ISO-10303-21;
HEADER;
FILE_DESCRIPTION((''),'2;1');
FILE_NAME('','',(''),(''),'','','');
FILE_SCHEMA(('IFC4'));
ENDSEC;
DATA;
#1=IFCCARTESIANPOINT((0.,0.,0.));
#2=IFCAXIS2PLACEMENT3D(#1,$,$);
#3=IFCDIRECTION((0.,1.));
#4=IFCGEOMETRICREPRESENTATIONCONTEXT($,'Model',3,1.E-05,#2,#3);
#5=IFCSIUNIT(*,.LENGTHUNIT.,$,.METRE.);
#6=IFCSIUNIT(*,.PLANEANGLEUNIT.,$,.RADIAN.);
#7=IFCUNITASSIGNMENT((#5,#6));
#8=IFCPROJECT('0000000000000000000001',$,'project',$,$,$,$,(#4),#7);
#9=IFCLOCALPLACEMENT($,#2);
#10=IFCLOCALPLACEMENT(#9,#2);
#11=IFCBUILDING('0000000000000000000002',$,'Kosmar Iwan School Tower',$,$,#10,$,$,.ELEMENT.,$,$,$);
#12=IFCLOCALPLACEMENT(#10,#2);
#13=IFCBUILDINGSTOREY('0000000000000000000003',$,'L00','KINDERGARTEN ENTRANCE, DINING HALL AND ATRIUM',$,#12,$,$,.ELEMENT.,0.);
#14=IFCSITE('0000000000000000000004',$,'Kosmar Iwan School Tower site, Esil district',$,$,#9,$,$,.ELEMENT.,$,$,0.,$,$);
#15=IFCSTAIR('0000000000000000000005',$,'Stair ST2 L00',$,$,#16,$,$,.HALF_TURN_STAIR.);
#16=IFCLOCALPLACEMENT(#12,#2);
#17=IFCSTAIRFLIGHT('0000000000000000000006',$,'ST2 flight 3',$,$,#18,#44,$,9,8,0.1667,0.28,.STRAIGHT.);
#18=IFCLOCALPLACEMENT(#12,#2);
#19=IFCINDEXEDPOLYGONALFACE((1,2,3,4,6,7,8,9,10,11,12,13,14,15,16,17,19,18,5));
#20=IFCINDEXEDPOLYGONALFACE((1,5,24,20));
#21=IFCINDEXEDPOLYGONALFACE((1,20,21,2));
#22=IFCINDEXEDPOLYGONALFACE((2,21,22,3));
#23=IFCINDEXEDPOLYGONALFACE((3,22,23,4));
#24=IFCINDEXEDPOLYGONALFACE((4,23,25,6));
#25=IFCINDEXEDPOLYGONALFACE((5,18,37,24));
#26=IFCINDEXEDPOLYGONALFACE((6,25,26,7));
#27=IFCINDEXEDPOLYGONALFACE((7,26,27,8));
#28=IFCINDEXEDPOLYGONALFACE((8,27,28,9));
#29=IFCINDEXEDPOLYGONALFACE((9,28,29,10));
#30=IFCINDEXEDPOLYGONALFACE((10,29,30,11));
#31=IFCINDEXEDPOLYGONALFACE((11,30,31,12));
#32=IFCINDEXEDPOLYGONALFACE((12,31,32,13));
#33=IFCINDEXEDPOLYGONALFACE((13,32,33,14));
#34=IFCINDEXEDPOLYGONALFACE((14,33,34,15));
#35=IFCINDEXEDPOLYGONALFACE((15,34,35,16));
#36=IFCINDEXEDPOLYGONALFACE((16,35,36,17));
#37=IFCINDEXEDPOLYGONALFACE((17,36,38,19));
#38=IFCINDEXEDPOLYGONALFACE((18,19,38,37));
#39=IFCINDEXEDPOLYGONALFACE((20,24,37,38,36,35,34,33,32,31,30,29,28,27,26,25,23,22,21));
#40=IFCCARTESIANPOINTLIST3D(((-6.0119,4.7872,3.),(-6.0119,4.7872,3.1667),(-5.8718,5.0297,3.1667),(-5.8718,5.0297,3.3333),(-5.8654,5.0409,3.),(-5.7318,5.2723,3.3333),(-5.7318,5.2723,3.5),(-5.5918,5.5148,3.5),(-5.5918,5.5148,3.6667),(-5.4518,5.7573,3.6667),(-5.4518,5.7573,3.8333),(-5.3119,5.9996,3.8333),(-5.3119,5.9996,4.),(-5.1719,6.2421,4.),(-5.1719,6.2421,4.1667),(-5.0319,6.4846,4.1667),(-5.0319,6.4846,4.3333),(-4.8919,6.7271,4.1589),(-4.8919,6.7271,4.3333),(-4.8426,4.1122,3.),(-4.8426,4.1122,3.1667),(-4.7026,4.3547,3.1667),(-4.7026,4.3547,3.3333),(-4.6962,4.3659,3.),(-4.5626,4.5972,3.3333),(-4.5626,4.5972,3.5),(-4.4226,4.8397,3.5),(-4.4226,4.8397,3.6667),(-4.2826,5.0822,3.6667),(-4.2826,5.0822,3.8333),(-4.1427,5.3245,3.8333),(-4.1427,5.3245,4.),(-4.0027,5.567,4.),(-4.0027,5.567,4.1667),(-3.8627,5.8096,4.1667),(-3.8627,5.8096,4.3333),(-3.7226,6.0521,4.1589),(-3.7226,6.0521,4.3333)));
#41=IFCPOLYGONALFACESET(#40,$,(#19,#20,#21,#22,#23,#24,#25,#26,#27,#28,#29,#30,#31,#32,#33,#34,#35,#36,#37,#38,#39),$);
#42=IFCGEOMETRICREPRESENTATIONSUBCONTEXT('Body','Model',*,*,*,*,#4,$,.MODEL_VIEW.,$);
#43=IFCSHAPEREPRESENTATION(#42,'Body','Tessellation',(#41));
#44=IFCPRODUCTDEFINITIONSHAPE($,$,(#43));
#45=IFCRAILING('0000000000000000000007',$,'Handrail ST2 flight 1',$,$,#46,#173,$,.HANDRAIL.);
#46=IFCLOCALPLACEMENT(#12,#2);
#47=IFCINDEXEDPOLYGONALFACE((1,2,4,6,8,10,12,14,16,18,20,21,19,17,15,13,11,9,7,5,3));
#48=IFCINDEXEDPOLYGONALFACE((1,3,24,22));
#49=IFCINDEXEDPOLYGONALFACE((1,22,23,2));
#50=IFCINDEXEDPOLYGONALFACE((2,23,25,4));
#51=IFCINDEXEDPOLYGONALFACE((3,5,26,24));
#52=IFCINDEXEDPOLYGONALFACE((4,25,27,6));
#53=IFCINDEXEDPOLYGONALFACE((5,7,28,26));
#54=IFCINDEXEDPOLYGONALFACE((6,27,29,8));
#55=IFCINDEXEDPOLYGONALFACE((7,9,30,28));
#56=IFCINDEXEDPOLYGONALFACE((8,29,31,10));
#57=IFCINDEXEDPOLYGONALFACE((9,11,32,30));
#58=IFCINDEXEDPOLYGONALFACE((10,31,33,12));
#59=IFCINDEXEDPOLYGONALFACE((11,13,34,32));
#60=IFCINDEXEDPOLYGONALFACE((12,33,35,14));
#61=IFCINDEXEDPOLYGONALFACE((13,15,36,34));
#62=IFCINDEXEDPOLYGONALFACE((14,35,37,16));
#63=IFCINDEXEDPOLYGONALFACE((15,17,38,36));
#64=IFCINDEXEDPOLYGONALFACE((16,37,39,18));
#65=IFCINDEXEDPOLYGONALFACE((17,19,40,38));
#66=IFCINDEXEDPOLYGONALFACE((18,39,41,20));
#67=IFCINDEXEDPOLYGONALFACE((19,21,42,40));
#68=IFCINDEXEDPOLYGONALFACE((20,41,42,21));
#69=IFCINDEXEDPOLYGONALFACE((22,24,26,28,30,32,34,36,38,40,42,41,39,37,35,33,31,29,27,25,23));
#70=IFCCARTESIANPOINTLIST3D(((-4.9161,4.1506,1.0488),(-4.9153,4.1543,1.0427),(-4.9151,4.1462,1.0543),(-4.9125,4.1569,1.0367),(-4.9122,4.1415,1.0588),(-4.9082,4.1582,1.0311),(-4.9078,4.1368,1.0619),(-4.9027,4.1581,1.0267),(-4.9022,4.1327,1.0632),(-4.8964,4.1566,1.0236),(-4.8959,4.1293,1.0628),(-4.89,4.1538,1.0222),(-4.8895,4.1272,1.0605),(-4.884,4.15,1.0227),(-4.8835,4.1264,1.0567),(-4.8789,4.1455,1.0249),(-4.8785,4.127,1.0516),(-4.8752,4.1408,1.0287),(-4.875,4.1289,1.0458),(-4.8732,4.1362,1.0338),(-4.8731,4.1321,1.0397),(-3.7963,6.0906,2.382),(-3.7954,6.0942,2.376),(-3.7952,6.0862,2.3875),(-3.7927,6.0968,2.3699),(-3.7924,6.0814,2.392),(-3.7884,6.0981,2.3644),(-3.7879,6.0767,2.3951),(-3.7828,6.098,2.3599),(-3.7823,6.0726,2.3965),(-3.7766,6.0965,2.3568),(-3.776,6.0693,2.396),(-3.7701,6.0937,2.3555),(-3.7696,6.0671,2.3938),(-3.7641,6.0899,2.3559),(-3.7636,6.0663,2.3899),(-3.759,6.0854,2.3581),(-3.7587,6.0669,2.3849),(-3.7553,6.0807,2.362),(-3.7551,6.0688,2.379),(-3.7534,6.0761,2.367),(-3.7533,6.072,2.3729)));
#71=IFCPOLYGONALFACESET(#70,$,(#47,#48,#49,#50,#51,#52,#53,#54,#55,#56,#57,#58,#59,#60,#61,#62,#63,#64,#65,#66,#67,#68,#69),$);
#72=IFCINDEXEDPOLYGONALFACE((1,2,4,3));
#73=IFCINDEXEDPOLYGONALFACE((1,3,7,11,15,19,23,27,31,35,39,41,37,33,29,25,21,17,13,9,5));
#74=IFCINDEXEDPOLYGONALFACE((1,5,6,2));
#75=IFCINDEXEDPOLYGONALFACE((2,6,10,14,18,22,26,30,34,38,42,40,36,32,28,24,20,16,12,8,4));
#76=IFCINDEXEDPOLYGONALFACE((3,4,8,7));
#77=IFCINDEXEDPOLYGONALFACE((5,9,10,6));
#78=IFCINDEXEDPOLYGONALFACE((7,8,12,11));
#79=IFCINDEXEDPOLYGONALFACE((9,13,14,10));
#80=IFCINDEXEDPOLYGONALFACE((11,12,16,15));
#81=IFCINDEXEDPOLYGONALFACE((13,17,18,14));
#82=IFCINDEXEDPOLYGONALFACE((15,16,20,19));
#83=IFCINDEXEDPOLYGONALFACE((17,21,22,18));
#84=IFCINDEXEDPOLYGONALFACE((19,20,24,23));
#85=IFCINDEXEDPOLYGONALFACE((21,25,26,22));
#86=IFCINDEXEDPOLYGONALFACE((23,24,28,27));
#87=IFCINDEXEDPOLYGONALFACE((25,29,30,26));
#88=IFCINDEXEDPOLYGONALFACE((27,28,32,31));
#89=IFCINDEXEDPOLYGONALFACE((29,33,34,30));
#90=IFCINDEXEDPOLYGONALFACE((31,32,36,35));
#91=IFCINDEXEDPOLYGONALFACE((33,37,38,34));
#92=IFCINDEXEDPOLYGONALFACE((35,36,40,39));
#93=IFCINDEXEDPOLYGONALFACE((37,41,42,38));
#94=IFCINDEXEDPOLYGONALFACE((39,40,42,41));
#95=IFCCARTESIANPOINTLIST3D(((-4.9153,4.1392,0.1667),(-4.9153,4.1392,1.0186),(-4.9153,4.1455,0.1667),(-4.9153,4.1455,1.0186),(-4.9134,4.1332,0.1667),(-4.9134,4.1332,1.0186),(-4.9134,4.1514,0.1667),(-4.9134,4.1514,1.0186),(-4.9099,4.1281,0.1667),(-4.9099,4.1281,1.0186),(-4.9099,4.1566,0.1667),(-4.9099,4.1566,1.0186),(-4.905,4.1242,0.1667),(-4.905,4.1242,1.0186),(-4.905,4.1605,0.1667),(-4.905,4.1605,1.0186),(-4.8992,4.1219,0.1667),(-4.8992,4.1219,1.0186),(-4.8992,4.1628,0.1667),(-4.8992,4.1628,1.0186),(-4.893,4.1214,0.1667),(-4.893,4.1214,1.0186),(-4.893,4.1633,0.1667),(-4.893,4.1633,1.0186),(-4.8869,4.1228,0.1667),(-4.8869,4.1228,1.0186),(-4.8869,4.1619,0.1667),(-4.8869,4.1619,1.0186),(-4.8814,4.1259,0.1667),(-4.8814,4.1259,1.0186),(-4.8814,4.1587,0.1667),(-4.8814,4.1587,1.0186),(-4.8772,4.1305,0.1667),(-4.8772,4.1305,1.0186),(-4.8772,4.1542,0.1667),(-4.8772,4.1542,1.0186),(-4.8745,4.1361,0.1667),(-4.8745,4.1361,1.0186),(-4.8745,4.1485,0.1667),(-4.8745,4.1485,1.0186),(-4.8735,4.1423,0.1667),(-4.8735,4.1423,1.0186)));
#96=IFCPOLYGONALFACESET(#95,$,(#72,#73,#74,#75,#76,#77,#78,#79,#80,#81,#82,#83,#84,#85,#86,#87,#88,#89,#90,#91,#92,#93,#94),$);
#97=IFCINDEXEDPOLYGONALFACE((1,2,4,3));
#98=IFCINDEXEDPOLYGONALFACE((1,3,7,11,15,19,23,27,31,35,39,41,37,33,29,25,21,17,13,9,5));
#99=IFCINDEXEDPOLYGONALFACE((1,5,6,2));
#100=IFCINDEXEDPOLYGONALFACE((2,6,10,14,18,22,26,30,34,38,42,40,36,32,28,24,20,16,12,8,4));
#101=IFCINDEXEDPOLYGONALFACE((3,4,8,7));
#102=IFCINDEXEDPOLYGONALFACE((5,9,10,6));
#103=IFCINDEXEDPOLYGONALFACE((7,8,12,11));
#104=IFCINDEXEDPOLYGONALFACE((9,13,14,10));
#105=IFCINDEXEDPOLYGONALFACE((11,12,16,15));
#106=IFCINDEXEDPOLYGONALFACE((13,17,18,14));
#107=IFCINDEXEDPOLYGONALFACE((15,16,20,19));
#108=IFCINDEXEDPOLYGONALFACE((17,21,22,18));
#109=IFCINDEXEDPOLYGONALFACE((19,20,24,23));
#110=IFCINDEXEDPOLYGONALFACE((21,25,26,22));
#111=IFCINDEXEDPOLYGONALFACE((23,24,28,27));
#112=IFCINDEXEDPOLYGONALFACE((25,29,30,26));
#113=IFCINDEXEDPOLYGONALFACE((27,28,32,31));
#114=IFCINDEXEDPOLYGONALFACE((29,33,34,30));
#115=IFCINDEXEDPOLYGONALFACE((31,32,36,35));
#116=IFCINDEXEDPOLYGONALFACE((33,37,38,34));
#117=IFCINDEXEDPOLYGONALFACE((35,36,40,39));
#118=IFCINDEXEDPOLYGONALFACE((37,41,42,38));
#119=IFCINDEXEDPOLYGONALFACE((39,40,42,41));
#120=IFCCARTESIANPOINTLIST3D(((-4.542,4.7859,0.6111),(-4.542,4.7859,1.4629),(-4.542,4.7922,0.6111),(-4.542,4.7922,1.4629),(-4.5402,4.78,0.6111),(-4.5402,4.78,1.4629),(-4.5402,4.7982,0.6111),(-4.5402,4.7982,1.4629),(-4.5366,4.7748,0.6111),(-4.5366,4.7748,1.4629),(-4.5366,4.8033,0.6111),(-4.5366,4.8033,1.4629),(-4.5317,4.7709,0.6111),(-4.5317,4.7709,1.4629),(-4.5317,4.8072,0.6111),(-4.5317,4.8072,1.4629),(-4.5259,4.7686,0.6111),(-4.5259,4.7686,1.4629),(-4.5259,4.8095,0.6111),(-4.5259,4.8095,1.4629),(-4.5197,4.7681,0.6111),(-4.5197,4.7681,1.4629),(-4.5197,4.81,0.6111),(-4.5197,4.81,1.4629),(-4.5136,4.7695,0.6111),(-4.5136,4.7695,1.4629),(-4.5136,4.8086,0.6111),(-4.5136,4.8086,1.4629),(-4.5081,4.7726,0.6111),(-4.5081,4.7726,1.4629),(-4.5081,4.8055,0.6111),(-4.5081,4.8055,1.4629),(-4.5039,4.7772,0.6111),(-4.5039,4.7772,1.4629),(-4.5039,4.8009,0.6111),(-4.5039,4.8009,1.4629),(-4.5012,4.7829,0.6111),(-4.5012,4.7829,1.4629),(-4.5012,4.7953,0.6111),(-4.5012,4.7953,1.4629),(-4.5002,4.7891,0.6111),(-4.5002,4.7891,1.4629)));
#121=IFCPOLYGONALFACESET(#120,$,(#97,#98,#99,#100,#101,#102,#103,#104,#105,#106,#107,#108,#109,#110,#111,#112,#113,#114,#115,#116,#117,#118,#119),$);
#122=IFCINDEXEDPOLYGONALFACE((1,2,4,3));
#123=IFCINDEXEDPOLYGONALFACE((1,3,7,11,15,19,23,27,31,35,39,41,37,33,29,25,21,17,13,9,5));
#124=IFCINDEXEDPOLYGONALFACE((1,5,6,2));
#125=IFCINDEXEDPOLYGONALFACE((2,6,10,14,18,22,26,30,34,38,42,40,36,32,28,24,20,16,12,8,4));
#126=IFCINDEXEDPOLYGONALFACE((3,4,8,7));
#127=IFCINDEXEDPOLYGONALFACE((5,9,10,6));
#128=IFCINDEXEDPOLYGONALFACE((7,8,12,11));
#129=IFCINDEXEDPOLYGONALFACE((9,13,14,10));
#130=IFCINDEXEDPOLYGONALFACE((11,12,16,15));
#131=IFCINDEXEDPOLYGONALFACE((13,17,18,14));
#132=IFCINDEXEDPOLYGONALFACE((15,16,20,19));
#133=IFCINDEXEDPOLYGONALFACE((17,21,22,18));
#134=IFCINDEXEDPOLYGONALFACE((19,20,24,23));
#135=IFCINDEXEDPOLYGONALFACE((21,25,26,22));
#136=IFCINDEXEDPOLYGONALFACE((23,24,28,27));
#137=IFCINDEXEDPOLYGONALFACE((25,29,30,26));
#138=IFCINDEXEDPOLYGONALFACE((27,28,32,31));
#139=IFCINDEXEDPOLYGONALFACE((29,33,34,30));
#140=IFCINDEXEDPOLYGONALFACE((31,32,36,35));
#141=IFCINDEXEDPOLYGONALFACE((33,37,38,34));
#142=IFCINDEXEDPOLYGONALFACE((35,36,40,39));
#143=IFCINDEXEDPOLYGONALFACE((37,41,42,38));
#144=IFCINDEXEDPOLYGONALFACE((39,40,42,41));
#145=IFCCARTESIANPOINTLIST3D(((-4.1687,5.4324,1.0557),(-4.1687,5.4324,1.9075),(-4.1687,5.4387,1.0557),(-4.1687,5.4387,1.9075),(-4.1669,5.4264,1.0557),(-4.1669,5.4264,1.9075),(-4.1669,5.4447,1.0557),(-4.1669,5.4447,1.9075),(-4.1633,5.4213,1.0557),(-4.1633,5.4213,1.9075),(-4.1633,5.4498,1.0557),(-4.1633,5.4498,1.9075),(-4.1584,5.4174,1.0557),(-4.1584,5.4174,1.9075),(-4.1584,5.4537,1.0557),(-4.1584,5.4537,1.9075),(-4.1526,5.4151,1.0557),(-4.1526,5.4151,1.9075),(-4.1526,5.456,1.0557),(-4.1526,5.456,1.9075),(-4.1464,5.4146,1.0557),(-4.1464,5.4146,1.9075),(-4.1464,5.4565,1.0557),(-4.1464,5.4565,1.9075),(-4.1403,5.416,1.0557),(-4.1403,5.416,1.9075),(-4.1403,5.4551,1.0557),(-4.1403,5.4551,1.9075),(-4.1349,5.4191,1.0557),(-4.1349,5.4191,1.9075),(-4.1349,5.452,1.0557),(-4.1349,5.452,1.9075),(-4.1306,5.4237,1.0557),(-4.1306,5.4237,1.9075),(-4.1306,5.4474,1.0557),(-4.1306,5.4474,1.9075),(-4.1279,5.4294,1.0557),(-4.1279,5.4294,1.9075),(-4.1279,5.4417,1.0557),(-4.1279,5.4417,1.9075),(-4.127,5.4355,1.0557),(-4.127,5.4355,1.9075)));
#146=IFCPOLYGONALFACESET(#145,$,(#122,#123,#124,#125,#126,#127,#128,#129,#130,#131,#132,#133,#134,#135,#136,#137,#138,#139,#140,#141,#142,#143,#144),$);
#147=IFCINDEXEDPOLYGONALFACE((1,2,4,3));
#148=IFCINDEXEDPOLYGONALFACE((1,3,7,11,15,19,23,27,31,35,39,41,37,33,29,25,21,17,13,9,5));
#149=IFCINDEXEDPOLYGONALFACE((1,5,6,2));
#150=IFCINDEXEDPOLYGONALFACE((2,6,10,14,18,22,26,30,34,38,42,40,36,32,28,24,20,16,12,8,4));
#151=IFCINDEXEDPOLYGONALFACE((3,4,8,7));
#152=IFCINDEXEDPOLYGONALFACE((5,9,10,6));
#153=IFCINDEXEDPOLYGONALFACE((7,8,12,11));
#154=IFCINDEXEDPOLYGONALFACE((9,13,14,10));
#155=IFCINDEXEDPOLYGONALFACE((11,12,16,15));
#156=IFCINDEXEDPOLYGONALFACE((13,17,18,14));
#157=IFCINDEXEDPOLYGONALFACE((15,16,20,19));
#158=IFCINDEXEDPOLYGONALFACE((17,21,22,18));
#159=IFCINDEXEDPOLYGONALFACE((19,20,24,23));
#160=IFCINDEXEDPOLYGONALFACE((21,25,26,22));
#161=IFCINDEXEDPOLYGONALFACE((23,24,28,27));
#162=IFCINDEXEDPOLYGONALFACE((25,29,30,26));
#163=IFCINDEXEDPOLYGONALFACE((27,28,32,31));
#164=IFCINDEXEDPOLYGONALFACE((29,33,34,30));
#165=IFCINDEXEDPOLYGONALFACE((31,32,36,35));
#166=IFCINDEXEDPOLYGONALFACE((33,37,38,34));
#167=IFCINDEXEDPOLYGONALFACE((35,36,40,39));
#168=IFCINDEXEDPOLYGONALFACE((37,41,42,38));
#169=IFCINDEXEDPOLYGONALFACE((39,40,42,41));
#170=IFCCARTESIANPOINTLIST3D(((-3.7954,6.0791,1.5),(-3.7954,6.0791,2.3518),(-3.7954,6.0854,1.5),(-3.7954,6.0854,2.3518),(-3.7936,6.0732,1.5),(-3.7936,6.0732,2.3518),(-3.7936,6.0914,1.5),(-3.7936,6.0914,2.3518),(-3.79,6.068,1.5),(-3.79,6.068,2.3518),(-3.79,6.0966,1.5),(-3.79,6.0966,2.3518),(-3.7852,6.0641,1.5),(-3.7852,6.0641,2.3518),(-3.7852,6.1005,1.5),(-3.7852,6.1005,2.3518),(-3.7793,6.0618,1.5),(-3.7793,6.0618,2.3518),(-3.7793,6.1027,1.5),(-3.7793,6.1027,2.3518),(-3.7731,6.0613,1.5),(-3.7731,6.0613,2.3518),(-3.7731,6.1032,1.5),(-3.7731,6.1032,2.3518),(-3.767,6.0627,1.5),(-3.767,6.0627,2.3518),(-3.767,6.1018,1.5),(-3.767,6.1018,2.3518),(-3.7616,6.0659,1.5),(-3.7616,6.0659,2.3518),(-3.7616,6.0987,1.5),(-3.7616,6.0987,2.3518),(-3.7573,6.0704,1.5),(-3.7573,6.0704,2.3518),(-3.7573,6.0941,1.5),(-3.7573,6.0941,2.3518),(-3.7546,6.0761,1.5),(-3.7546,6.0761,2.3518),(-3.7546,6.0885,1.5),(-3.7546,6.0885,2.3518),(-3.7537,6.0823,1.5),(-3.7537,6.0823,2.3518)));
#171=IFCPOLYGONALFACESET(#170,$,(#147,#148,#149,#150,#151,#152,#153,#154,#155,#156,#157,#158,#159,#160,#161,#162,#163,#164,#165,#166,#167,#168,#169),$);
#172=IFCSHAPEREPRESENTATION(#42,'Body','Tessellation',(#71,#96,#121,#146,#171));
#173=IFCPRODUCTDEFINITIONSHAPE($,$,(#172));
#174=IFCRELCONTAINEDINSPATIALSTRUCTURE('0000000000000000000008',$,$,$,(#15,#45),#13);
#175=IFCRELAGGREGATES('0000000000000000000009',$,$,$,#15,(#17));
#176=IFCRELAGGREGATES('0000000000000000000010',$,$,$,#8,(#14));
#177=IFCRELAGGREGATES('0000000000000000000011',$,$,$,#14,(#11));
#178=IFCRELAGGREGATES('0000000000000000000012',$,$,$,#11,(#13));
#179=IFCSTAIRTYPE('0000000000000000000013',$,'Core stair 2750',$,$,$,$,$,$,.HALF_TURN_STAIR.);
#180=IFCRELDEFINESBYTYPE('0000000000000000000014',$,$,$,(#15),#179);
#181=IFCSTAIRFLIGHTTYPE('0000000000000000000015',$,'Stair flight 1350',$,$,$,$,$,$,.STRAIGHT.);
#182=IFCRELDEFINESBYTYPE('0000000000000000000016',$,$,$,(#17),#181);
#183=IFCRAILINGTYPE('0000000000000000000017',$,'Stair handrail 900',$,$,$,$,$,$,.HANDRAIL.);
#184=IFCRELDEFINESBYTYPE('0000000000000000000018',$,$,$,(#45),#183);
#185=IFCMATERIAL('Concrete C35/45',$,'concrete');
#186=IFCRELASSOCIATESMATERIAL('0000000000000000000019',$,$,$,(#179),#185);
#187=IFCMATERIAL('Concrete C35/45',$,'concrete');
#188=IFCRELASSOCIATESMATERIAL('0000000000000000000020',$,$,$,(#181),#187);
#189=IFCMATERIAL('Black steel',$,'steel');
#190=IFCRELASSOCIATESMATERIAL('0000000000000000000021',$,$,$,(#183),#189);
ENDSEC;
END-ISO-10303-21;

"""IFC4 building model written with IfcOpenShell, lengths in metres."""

from ifc_helpers import new_model, si_unit, direction, frame, origin, origin_2d, place, context, subcontext, project, spatial, polyline, circle, outline, extrude, material, type_object, element, aggregate, save


model = new_model("IFC4")

# Units and contexts
model_context = context("Model", 3, precision=1e-05, world=origin(), true_north=direction((0.0, 1.0)))
body_context = subcontext(model_context, "Body", "Model", "MODEL_VIEW")
ifc_project = project(units=[si_unit("LENGTHUNIT", "METRE"), si_unit("PLANEANGLEUNIT", "RADIAN")], contexts=[model_context])

# Site, building, storey
site_placement = place(None, origin())
site = spatial("IfcSite", under=ifc_project, at=site_placement, Name="Kosmar Iwan School Tower site, Esil district", CompositionType="ELEMENT", RefElevation=0.0)
building_placement = place(site_placement, origin())
building = spatial("IfcBuilding", under=site, at=building_placement, Name="Kosmar Iwan School Tower", CompositionType="ELEMENT")
storey_placement = place(building_placement, origin())
storey = spatial("IfcBuildingStorey", under=building, at=storey_placement, Name="L00", Description="KINDERGARTEN ENTRANCE, DINING HALL AND ATRIUM", CompositionType="ELEMENT", Elevation=0.0)

# Stair, stair flight
ifc_material_1 = material(Name="Concrete C35/45", Category="concrete")
stair_type = type_object("IfcStairType", Name="Core stair 2750", PredefinedType="HALF_TURN_STAIR", material=ifc_material_1)
stair_placement = place(storey_placement, origin())
stair = element("IfcStair", 1, at=stair_placement, inside=storey, type_object=stair_type, Name="Stair ST2 L00", PredefinedType="HALF_TURN_STAIR")
ifc_material_2 = material(Name="Concrete C35/45", Category="concrete")
stair_flight_type = type_object("IfcStairFlightType", Name="Stair flight 1350", PredefinedType="STRAIGHT", material=ifc_material_2)
stair_flight_placement = place(storey_placement, frame((-5.4272, 4.4497, 3.0), z_axis=(0.0, 0.0, 1.0), x_axis=(0.5, 0.866025, 0.0)))
stair_flight = element("IfcStairFlight", 2, at=stair_flight_placement, type_object=stair_flight_type, Name="ST2 flight 3", NumberOfRisers=9, NumberOfTreads=8, PredefinedType="STRAIGHT", RiserHeight=0.1667, TreadLength=0.28, context=body_context, shape_type="SweptSolid", body=[
    extrude(outline(polyline([(0.0, 0.0), (0.0, 0.1667), (0.28, 0.1667), (0.28, 0.3333), (0.5601, 0.3333), (0.5601, 0.5), (0.8401, 0.5), (0.8401, 0.6667), (1.1201, 0.6667), (1.1201, 0.8333), (1.3999, 0.8333), (1.3999, 1.0), (1.6799, 1.0), (1.6799, 1.1667), (1.96, 1.1667), (1.96, 1.3333), (2.24, 1.3333), (2.24, 1.5), (2.24, 1.1589), (0.293, 0.0), (0.0, 0.0)])), frame((0.0, 0.675, 0.0), z_axis=(0.0, -1.0, 0.0), x_axis=(1.0, 0.0, 0.0)), (0.0, 0.0, 1.0), 1.3501),
])
aggregate(stair, [stair_flight])

# Railing
ifc_material_3 = material(Name="Black steel", Category="steel")
railing_type = type_object("IfcRailingType", Name="Stair handrail 900", PredefinedType="HANDRAIL", material=ifc_material_3)
for number, where, name in (
    (3, (-4.8945, 4.1423, 0.1667), "Handrail ST2 flight 1"),
):
    element("IfcRailing", number, at=place(storey_placement, frame(where)), inside=storey, type_object=railing_type, Name=name, PredefinedType="HANDRAIL", context=body_context, shape_type="SweptSolid", body=[
        extrude(circle(Radius=0.0239, at=origin_2d()), frame((0.0, 0.0, 0.876), z_axis=(0.429608, 0.744205, 0.511465), x_axis=(-0.866055, 0.499949, 0.0)), (0.0, 0.0, 1.0), 2.6067),
        extrude(circle(Radius=0.021, at=origin_2d()), origin(), (0.0, 0.0, 1.0), 0.8518),
        extrude(circle(Radius=0.021, at=origin_2d()), frame((0.3733, 0.6467, 0.4443)), (0.0, 0.0, 1.0), 0.8518),
        extrude(circle(Radius=0.021, at=origin_2d()), frame((0.7466, 1.2932, 0.8889)), (0.0, 0.0, 1.0), 0.8518),
        extrude(circle(Radius=0.021, at=origin_2d()), frame((1.1199, 1.9399, 1.3333)), (0.0, 0.0, 1.0), 0.8518),
    ])

save(model, "model.ifc")
